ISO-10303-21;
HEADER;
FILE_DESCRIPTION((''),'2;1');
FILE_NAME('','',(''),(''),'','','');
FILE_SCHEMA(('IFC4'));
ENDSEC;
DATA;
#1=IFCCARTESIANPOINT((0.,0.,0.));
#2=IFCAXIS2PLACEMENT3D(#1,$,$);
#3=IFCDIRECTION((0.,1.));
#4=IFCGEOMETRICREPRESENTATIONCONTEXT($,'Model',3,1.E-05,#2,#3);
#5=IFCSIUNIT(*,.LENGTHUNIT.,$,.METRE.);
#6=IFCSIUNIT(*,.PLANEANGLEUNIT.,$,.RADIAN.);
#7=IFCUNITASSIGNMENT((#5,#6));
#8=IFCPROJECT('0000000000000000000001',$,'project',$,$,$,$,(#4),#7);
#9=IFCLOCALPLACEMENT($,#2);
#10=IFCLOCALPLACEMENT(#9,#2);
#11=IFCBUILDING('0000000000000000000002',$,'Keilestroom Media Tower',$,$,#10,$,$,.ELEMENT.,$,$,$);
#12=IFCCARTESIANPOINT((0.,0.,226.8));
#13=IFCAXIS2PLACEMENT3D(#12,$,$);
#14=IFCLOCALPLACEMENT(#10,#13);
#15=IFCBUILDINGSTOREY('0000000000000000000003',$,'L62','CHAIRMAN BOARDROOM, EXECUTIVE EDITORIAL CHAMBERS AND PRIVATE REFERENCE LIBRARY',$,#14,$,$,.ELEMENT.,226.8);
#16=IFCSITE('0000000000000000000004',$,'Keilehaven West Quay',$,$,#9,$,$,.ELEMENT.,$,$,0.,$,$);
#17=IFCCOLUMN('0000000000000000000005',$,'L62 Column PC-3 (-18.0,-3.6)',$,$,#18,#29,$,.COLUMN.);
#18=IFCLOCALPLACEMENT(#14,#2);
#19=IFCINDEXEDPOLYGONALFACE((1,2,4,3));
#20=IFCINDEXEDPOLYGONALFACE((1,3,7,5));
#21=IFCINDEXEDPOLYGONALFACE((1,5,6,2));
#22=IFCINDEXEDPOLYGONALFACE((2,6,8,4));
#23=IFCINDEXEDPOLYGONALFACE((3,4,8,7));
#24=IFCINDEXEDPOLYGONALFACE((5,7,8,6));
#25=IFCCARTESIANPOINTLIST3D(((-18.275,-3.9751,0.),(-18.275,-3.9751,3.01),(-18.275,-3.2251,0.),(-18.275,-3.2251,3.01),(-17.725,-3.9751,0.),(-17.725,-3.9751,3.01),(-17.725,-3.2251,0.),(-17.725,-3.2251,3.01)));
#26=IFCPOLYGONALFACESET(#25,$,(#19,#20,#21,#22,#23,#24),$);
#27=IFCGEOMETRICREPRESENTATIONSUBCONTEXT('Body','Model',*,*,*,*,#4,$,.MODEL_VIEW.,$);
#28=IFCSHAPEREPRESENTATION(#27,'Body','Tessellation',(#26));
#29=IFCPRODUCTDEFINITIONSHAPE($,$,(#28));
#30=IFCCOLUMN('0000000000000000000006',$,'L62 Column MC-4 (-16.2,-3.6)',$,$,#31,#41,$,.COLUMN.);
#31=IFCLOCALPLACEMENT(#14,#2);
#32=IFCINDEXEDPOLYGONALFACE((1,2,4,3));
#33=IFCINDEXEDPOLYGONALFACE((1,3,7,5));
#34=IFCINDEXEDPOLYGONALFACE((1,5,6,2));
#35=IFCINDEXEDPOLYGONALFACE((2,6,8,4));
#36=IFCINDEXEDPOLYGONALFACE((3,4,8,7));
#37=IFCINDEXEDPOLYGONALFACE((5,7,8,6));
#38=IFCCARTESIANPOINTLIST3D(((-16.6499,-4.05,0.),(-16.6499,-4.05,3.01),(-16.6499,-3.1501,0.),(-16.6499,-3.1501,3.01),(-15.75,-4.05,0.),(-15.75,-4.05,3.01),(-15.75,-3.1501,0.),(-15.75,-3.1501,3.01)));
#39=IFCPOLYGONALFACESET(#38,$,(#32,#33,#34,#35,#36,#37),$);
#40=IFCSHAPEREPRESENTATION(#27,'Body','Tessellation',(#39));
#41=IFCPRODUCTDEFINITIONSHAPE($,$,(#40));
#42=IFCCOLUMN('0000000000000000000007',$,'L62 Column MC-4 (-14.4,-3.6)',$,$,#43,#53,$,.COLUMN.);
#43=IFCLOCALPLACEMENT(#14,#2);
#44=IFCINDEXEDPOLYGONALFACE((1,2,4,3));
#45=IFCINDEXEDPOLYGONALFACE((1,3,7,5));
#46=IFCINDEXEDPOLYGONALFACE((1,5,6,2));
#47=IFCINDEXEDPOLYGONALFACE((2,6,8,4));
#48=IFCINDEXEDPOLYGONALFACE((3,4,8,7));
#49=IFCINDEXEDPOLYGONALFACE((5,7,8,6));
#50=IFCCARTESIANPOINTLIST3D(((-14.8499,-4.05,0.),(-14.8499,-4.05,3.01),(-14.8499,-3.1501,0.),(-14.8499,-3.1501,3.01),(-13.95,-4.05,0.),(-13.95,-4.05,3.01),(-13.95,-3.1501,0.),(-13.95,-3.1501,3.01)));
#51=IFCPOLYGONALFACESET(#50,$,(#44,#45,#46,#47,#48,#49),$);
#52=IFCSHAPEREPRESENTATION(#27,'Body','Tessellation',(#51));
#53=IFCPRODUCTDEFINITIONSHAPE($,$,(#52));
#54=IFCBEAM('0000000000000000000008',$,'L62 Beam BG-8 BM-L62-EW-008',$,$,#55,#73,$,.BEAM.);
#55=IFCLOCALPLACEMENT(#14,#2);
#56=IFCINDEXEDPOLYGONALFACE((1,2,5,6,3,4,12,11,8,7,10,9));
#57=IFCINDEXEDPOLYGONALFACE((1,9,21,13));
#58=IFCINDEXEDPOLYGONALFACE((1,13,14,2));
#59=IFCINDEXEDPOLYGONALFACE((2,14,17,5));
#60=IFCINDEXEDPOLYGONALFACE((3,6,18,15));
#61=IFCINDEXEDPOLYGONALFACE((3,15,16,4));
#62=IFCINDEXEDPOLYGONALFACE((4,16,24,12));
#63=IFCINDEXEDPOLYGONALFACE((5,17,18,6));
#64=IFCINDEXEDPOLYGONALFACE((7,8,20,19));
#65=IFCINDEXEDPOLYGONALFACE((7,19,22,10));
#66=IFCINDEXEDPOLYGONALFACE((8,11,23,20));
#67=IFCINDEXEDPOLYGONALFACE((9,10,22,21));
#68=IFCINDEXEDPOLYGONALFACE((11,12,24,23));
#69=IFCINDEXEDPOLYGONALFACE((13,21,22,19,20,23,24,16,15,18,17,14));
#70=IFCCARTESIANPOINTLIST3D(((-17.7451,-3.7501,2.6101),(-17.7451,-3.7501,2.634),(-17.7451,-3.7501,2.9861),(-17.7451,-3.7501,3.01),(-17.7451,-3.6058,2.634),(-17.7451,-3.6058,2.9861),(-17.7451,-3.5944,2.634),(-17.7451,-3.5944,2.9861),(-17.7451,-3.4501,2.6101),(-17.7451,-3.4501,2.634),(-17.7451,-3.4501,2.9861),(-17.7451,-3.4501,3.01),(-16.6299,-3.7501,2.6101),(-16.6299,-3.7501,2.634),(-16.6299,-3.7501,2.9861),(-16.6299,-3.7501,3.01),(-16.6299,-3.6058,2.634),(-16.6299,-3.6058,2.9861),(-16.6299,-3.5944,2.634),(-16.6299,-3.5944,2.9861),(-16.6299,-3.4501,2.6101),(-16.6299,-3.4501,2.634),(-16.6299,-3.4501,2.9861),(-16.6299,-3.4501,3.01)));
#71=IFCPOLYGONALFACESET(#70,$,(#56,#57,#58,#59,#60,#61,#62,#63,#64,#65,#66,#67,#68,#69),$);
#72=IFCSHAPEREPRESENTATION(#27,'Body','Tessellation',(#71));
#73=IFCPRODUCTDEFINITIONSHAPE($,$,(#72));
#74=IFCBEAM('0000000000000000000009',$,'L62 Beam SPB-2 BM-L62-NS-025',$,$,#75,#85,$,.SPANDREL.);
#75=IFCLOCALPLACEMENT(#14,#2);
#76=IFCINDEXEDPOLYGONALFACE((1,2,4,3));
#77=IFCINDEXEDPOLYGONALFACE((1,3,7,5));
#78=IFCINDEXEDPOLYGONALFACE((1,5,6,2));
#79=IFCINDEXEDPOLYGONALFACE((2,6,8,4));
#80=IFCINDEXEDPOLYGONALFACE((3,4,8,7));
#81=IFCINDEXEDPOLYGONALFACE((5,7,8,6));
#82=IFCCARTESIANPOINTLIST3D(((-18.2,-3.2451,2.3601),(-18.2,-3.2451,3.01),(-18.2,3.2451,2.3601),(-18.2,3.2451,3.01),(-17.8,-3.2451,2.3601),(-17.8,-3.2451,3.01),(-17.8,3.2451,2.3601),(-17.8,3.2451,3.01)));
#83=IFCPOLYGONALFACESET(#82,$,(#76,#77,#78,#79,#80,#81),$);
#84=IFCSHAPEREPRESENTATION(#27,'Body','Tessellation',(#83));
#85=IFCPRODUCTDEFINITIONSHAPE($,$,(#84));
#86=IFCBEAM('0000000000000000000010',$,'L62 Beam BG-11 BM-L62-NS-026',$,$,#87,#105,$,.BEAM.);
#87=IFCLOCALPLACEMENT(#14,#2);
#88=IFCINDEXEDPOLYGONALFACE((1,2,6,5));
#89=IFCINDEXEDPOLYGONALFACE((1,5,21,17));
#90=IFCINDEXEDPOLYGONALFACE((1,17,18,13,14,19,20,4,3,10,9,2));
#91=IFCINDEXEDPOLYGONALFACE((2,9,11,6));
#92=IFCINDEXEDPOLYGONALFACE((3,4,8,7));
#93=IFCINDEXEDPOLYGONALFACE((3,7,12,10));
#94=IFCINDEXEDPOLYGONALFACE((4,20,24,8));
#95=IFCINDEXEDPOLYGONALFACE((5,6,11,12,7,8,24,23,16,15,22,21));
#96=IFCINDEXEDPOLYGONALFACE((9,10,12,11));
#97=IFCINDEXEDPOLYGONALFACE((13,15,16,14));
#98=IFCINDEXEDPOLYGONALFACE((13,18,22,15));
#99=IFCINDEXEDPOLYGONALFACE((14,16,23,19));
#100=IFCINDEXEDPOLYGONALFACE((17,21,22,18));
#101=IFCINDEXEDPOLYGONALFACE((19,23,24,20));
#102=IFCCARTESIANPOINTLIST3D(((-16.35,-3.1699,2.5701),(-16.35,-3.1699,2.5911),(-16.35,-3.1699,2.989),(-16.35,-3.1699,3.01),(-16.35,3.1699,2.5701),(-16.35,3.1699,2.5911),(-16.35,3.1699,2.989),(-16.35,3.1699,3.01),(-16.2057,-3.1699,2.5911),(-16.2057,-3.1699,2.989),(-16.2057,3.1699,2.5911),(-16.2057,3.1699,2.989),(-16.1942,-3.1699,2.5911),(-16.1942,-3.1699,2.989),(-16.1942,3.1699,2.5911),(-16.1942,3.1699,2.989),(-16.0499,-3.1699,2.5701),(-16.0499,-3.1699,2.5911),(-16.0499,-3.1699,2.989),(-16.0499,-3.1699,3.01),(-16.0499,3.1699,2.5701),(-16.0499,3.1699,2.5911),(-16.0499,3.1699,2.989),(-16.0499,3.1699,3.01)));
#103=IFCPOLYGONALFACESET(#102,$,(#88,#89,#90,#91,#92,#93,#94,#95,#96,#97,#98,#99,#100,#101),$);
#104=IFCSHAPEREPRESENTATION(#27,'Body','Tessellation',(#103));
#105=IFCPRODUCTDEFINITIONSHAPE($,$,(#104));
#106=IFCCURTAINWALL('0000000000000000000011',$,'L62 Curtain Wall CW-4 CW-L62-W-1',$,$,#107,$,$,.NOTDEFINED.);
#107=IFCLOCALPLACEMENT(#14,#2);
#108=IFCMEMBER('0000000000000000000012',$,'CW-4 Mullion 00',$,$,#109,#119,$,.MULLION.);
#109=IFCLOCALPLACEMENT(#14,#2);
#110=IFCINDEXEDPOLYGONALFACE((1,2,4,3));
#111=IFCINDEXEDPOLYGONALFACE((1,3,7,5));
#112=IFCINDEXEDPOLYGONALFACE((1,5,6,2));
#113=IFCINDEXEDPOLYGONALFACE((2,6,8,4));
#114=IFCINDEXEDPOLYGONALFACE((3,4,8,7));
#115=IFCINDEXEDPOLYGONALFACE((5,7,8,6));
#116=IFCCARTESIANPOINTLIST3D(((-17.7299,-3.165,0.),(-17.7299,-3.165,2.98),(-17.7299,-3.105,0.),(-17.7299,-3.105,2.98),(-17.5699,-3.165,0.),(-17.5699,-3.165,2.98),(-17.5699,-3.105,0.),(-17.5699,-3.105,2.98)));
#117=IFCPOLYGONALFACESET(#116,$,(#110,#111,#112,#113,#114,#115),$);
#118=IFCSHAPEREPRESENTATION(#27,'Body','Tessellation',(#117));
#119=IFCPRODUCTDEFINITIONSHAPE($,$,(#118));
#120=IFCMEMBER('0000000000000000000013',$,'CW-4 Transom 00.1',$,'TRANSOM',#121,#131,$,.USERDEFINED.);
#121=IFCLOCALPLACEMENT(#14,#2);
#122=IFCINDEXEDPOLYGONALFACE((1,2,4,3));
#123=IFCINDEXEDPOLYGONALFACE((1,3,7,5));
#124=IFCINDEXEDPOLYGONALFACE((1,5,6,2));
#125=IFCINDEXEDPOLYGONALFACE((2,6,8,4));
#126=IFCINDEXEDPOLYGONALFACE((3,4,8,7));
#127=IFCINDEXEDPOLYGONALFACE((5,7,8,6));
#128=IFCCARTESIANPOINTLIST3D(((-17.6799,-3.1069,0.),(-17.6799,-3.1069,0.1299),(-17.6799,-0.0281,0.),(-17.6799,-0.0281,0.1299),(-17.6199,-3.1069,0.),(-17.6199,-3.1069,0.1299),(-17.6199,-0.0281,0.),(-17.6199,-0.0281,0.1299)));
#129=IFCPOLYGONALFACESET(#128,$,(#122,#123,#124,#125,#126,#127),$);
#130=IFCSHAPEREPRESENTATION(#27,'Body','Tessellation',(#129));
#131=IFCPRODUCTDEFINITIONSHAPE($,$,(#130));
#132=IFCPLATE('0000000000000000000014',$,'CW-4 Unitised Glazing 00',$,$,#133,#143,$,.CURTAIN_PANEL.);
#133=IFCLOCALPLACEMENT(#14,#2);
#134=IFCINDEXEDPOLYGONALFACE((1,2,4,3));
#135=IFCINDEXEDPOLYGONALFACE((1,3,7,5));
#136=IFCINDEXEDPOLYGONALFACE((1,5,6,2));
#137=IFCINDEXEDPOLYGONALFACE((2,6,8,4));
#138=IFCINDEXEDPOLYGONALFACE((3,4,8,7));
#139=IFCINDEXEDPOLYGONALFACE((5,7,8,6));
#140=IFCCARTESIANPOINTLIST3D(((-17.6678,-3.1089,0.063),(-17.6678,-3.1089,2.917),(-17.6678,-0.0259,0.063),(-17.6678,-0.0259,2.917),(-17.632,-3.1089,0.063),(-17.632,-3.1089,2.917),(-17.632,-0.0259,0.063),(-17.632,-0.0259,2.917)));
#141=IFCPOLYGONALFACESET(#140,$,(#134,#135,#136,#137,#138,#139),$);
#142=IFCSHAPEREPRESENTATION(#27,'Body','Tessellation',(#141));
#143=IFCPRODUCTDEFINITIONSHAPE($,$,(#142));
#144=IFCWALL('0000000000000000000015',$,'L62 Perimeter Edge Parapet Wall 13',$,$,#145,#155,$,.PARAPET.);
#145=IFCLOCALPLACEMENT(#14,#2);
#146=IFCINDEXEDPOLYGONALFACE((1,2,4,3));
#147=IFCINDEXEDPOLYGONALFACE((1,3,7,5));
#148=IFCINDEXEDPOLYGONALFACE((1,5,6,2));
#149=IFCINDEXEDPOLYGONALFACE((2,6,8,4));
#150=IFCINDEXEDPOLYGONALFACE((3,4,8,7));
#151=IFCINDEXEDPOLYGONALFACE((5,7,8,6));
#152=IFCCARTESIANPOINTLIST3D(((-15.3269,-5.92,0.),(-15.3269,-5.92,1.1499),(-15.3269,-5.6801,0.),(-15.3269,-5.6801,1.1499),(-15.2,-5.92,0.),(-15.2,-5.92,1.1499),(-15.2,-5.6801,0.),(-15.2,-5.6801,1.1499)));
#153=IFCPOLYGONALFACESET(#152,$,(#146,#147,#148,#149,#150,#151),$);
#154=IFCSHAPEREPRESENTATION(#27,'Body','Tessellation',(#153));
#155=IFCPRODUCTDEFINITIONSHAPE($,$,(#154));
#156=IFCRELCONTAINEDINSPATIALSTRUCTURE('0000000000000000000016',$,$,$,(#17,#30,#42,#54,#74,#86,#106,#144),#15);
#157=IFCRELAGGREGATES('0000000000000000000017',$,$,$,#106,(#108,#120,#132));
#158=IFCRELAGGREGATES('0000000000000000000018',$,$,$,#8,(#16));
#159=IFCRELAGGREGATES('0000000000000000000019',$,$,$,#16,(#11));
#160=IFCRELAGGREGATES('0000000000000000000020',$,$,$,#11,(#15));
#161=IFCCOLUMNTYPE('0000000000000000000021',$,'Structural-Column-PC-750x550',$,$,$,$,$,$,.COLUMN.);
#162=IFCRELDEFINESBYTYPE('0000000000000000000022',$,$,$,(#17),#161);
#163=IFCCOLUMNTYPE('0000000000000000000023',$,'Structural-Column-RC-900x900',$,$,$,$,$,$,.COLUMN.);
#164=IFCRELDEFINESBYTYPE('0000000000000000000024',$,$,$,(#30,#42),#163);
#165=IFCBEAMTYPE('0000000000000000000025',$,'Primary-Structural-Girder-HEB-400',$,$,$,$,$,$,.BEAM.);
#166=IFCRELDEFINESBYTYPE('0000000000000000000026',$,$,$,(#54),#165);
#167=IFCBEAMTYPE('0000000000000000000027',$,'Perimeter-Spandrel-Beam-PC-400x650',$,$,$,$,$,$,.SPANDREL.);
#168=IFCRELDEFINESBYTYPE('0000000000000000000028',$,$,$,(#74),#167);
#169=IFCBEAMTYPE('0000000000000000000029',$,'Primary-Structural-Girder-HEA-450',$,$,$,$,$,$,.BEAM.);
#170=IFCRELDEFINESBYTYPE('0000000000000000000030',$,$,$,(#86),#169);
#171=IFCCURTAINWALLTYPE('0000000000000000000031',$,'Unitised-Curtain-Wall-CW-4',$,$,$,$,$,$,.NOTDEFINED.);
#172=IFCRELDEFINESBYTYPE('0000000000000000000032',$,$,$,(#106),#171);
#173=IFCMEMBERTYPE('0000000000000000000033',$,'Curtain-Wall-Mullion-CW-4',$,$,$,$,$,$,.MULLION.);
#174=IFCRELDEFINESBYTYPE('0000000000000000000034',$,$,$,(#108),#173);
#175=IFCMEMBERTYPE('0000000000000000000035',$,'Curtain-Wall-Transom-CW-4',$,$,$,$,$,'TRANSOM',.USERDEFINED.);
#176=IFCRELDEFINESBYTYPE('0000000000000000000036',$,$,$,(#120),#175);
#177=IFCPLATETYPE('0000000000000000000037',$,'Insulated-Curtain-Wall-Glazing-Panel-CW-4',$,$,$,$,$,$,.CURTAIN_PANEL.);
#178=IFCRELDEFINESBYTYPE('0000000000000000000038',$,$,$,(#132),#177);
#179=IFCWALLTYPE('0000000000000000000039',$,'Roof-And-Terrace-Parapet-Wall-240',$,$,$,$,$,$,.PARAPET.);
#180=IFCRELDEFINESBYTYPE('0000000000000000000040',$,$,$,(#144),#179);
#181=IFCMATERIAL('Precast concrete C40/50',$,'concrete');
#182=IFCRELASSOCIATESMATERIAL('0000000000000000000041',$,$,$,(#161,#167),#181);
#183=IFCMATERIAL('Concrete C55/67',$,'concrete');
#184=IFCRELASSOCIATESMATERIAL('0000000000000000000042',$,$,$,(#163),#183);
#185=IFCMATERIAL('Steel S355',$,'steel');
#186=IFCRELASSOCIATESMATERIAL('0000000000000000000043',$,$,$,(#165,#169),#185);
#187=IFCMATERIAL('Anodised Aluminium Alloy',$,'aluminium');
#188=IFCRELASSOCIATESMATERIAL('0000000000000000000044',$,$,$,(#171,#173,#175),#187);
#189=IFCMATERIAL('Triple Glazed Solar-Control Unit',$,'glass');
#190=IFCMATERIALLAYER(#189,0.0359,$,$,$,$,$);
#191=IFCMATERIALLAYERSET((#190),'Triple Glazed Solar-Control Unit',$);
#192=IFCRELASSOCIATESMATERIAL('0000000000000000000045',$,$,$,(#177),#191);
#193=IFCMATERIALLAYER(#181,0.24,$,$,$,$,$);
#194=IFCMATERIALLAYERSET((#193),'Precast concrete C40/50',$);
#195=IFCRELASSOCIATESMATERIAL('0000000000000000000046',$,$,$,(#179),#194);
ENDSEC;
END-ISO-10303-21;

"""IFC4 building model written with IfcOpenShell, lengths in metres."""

from ifc_helpers import new_model, si_unit, direction, frame, frame_2d, origin, origin_2d, place, context, subcontext, project, spatial, rectangle, i_section, extrude, source, transform, mapped, material, layer, layer_set, material_profile, profile_set, type_object, element, aggregate, save


model = new_model("IFC4")

# Units and contexts
model_context = context("Model", 3, precision=1e-05, world=origin(), true_north=direction((0.0, 1.0)))
body_context = subcontext(model_context, "Body", "Model", "MODEL_VIEW")
ifc_project = project(units=[si_unit("LENGTHUNIT", "METRE"), si_unit("PLANEANGLEUNIT", "RADIAN")], contexts=[model_context])

# Site, building, storey
site_placement = place(None, origin())
site = spatial("IfcSite", under=ifc_project, at=site_placement, Name="Keilehaven West Quay", CompositionType="ELEMENT", RefElevation=0.0)
building_placement = place(site_placement, origin())
building = spatial("IfcBuilding", under=site, at=building_placement, Name="Keilestroom Media Tower", CompositionType="ELEMENT")
storey_placement = place(building_placement, frame((0.0, 0.0, 226.8)))
storey = spatial("IfcBuildingStorey", under=building, at=storey_placement, Name="L62", Description="CHAIRMAN BOARDROOM, EXECUTIVE EDITORIAL CHAMBERS AND PRIVATE REFERENCE LIBRARY", CompositionType="ELEMENT", Elevation=226.8)

# Columns
ifc_material_1 = material(Name="Precast concrete C40/50", Category="concrete")
ifc_material_profile_1 = material_profile(ifc_material_1, rectangle(XDim=0.55, YDim=0.75, at=origin_2d()), Name="PC 750x550")
ifc_profile_set_1 = profile_set([ifc_material_profile_1], Name="Precast concrete C40/50")
column_type_1 = type_object("IfcColumnType", Name="Structural-Column-PC-750x550", PredefinedType="COLUMN", material=ifc_profile_set_1)
shared_shape_1 = source(origin(), body_context, "Body", "SweptSolid", [
    extrude(rectangle(XDim=0.55, YDim=0.75, at=origin_2d()), origin(), (0.0, 0.0, 1.0), 3.01),
])
column_placement = place(storey_placement, frame((-18.0, -3.6001, 0.0), z_axis=(0.0, 0.0, 1.0), x_axis=(1.0, 0.0, 0.0)))
element("IfcColumn", 1, at=column_placement, inside=storey, type_object=column_type_1, Name="L62 Column PC-3 (-18.0,-3.6)", PredefinedType="COLUMN", context=body_context, shape_type="MappedRepresentation", body=[
    mapped(shared_shape_1, transform((0.0, 0.0, 0.0), x_axis=(1.0, 0.0, 0.0), y_axis=(0.0, 1.0, 0.0), z_axis=(0.0, 0.0, 1.0), scale=1.0)),
])
ifc_material_2 = material(Name="Concrete C55/67", Category="concrete")
ifc_material_profile_2 = material_profile(ifc_material_2, rectangle(XDim=0.8999, YDim=0.8999, at=origin_2d()), Name="RC 900x900")
ifc_profile_set_2 = profile_set([ifc_material_profile_2], Name="Concrete C55/67")
column_type_2 = type_object("IfcColumnType", Name="Structural-Column-RC-900x900", PredefinedType="COLUMN", material=ifc_profile_set_2)
shared_shape_2 = source(origin(), body_context, "Body", "SweptSolid", [
    extrude(rectangle(XDim=0.8999, YDim=0.8999, at=origin_2d()), origin(), (0.0, 0.0, 1.0), 3.01),
])
for number, where, z_axis, x_axis, name in (
    (2, (-16.2, -3.6001, 0.0), (0.0, 0.0, 1.0), (1.0, 0.0, 0.0), "L62 Column MC-4 (-16.2,-3.6)"),
    (3, (-14.3999, -3.6001, 0.0), (0.0, 0.0, 1.0), (1.0, 0.0, 0.0), "L62 Column MC-4 (-14.4,-3.6)"),
):
    element("IfcColumn", number, at=place(storey_placement, frame(where, z_axis=z_axis, x_axis=x_axis)), inside=storey, type_object=column_type_2, Name=name, PredefinedType="COLUMN", context=body_context, shape_type="MappedRepresentation", body=[
        mapped(shared_shape_2, transform((0.0, 0.0, 0.0), x_axis=(1.0, 0.0, 0.0), y_axis=(0.0, 1.0, 0.0), z_axis=(0.0, 0.0, 1.0), scale=1.0)),
    ])

# Beams
ifc_material_3 = material(Name="Steel S355", Category="steel")
ifc_material_profile_3 = material_profile(ifc_material_3, i_section(OverallWidth=0.3, OverallDepth=0.3999, WebThickness=0.0115, FlangeThickness=0.0239, at=origin_2d()), Name="HEB 400")
ifc_profile_set_3 = profile_set([ifc_material_profile_3], Name="Steel S355")
beam_type_1 = type_object("IfcBeamType", Name="Primary-Structural-Girder-HEB-400", PredefinedType="BEAM", material=ifc_profile_set_3)
shared_shape_3 = source(origin(), body_context, "Body", "SweptSolid", [
    extrude(i_section(OverallWidth=0.3, OverallDepth=0.3999, WebThickness=0.0115, FlangeThickness=0.0239, at=origin_2d()), origin(), (0.0, 0.0, 1.0), 1.1152),
])
beam_1_placement = place(storey_placement, frame((-17.7451, -3.6001, 2.8101), z_axis=(1.0, 0.0, 0.0), x_axis=(0.0, 1.0, 0.0)))
element("IfcBeam", 4, at=beam_1_placement, inside=storey, type_object=beam_type_1, Name="L62 Beam BG-8 BM-L62-EW-008", PredefinedType="BEAM", context=body_context, shape_type="MappedRepresentation", body=[
    mapped(shared_shape_3, transform((0.0, 0.0, 0.0), x_axis=(1.0, 0.0, 0.0), y_axis=(0.0, 1.0, 0.0), z_axis=(0.0, 0.0, 1.0), scale=1.0)),
])
ifc_material_profile_4 = material_profile(ifc_material_1, rectangle(XDim=0.3999, YDim=0.6499, at=origin_2d()), Name="PC 400x650")
ifc_profile_set_4 = profile_set([ifc_material_profile_4], Name="Precast concrete C40/50")
beam_type_2 = type_object("IfcBeamType", Name="Perimeter-Spandrel-Beam-PC-400x650", PredefinedType="SPANDREL", material=ifc_profile_set_4)
shared_shape_4 = source(origin(), body_context, "Body", "SweptSolid", [
    extrude(rectangle(XDim=0.3999, YDim=0.6499, at=origin_2d()), origin(), (0.0, 0.0, 1.0), 6.4902),
])
beam_2_placement = place(storey_placement, frame((-18.0, -3.2451, 2.6851), z_axis=(0.0, 1.0, 0.0), x_axis=(-1.0, 0.0, 0.0)))
element("IfcBeam", 5, at=beam_2_placement, inside=storey, type_object=beam_type_2, Name="L62 Beam SPB-2 BM-L62-NS-025", PredefinedType="SPANDREL", context=body_context, shape_type="MappedRepresentation", body=[
    mapped(shared_shape_4, transform((0.0, 0.0, 0.0), x_axis=(1.0, 0.0, 0.0), y_axis=(0.0, 1.0, 0.0), z_axis=(0.0, 0.0, 1.0), scale=1.0)),
])
ifc_material_profile_5 = material_profile(ifc_material_3, i_section(OverallWidth=0.3, OverallDepth=0.4399, WebThickness=0.0115, FlangeThickness=0.021, at=origin_2d()), Name="HEA 450")
ifc_profile_set_5 = profile_set([ifc_material_profile_5], Name="Steel S355")
beam_type_3 = type_object("IfcBeamType", Name="Primary-Structural-Girder-HEA-450", PredefinedType="BEAM", material=ifc_profile_set_5)
shared_shape_5 = source(origin(), body_context, "Body", "SweptSolid", [
    extrude(i_section(OverallWidth=0.3, OverallDepth=0.4399, WebThickness=0.0115, FlangeThickness=0.021, at=origin_2d()), origin(), (0.0, 0.0, 1.0), 6.3398),
])
beam_3_placement = place(storey_placement, frame((-16.2, -3.1699, 2.79), z_axis=(0.0, 1.0, 0.0), x_axis=(-1.0, 0.0, 0.0)))
element("IfcBeam", 6, at=beam_3_placement, inside=storey, type_object=beam_type_3, Name="L62 Beam BG-11 BM-L62-NS-026", PredefinedType="BEAM", context=body_context, shape_type="MappedRepresentation", body=[
    mapped(shared_shape_5, transform((0.0, 0.0, 0.0), x_axis=(1.0, 0.0, 0.0), y_axis=(0.0, 1.0, 0.0), z_axis=(0.0, 0.0, 1.0), scale=1.0)),
])

# Curtain wall, members, plate
ifc_material_4 = material(Name="Anodised Aluminium Alloy", Category="aluminium")
curtain_wall_type = type_object("IfcCurtainWallType", Name="Unitised-Curtain-Wall-CW-4", PredefinedType="NOTDEFINED", material=ifc_material_4)
curtain_wall_placement = place(storey_placement, origin())
curtain_wall = element("IfcCurtainWall", 7, at=curtain_wall_placement, inside=storey, type_object=curtain_wall_type, Name="L62 Curtain Wall CW-4 CW-L62-W-1", PredefinedType="NOTDEFINED")
ifc_material_profile_6 = material_profile(ifc_material_4, rectangle(XDim=0.0601, YDim=0.1599, at=origin_2d()), Name="ALU MULLION 60x160")
ifc_profile_set_6 = profile_set([ifc_material_profile_6], Name="Anodised Aluminium Alloy")
member_type_1 = type_object("IfcMemberType", Name="Curtain-Wall-Mullion-CW-4", PredefinedType="MULLION", material=ifc_profile_set_6)
shared_shape_6 = source(origin(), body_context, "Body", "SweptSolid", [
    extrude(rectangle(XDim=0.0601, YDim=0.1599, at=origin_2d()), origin(), (0.0, 0.0, 1.0), 2.98),
])
member_1_placement = place(storey_placement, frame((-17.6499, -3.135, 0.0), z_axis=(0.0, 0.0, 1.0), x_axis=(0.0, 1.0, 0.0)))
member_1 = element("IfcMember", 8, at=member_1_placement, type_object=member_type_1, Name="CW-4 Mullion 00", PredefinedType="MULLION", context=body_context, shape_type="MappedRepresentation", body=[
    mapped(shared_shape_6, transform((0.0, 0.0, 0.0), x_axis=(1.0, 0.0, 0.0), y_axis=(0.0, 1.0, 0.0), z_axis=(0.0, 0.0, 1.0), scale=1.0)),
])
ifc_material_profile_7 = material_profile(ifc_material_4, rectangle(XDim=0.0601, YDim=0.1299, at=origin_2d()), Name="ALU TRANSOM 60x130")
ifc_profile_set_7 = profile_set([ifc_material_profile_7], Name="Anodised Aluminium Alloy")
member_type_2 = type_object("IfcMemberType", Name="Curtain-Wall-Transom-CW-4", ElementType="TRANSOM", PredefinedType="USERDEFINED", material=ifc_profile_set_7)
shared_shape_7 = source(origin(), body_context, "Body", "SweptSolid", [
    extrude(rectangle(XDim=0.0601, YDim=0.1299, at=origin_2d()), origin(), (0.0, 0.0, 1.0), 3.0789),
])
member_2_placement = place(storey_placement, frame((-17.6499, -3.1069, 0.0649), z_axis=(0.0, 1.0, 0.0), x_axis=(-1.0, 0.0, 0.0)))
member_2 = element("IfcMember", 9, at=member_2_placement, type_object=member_type_2, Name="CW-4 Transom 00.1", ObjectType="TRANSOM", PredefinedType="USERDEFINED", context=body_context, shape_type="MappedRepresentation", body=[
    mapped(shared_shape_7, transform((0.0, 0.0, 0.0), x_axis=(1.0, 0.0, 0.0), y_axis=(0.0, 1.0, 0.0), z_axis=(0.0, 0.0, 1.0), scale=1.0)),
])
ifc_material_5 = material(Name="Triple Glazed Solar-Control Unit", Category="glass")
ifc_layer_1 = layer(ifc_material_5, 0.0359)
ifc_layer_set_1 = layer_set([ifc_layer_1], Name="Triple Glazed Solar-Control Unit")
plate_type = type_object("IfcPlateType", Name="Insulated-Curtain-Wall-Glazing-Panel-CW-4", PredefinedType="CURTAIN_PANEL", material=ifc_layer_set_1)
shared_shape_8 = source(origin(), body_context, "Body", "SweptSolid", [
    extrude(rectangle(XDim=3.083, YDim=0.0359, at=origin_2d()), origin(), (0.0, 0.0, 1.0), 2.854),
])
plate_placement = place(storey_placement, frame((-17.6499, -1.5674, 0.063), z_axis=(0.0, 0.0, 1.0), x_axis=(0.0, 1.0, 0.0)))
plate = element("IfcPlate", 10, at=plate_placement, type_object=plate_type, Name="CW-4 Unitised Glazing 00", PredefinedType="CURTAIN_PANEL", context=body_context, shape_type="MappedRepresentation", body=[
    mapped(shared_shape_8, transform((0.0, 0.0, 0.0), x_axis=(1.0, 0.0, 0.0), y_axis=(0.0, 1.0, 0.0), z_axis=(0.0, 0.0, 1.0), scale=1.0)),
])
aggregate(curtain_wall, [member_1, member_2, plate])

# Wall
ifc_layer_2 = layer(ifc_material_1, 0.24)
ifc_layer_set_2 = layer_set([ifc_layer_2], Name="Precast concrete C40/50")
wall_type = type_object("IfcWallType", Name="Roof-And-Terrace-Parapet-Wall-240", PredefinedType="PARAPET", material=ifc_layer_set_2)
wall_1_placement = place(storey_placement, frame((-15.2, -5.8, 0.0), z_axis=(0.0, 0.0, 1.0), x_axis=(-1.0, 0.0, 0.0)))
element("IfcWall", 11, at=wall_1_placement, inside=storey, type_object=wall_type, Name="L62 Perimeter Edge Parapet Wall 13", PredefinedType="PARAPET", context=body_context, shape_type="SweptSolid", body=[
    extrude(rectangle(XDim=0.127, YDim=0.24, at=frame_2d((0.0635, 0.0))), origin(), (0.0, 0.0, 1.0), 1.1499),
])

save(model, "model.ifc")
